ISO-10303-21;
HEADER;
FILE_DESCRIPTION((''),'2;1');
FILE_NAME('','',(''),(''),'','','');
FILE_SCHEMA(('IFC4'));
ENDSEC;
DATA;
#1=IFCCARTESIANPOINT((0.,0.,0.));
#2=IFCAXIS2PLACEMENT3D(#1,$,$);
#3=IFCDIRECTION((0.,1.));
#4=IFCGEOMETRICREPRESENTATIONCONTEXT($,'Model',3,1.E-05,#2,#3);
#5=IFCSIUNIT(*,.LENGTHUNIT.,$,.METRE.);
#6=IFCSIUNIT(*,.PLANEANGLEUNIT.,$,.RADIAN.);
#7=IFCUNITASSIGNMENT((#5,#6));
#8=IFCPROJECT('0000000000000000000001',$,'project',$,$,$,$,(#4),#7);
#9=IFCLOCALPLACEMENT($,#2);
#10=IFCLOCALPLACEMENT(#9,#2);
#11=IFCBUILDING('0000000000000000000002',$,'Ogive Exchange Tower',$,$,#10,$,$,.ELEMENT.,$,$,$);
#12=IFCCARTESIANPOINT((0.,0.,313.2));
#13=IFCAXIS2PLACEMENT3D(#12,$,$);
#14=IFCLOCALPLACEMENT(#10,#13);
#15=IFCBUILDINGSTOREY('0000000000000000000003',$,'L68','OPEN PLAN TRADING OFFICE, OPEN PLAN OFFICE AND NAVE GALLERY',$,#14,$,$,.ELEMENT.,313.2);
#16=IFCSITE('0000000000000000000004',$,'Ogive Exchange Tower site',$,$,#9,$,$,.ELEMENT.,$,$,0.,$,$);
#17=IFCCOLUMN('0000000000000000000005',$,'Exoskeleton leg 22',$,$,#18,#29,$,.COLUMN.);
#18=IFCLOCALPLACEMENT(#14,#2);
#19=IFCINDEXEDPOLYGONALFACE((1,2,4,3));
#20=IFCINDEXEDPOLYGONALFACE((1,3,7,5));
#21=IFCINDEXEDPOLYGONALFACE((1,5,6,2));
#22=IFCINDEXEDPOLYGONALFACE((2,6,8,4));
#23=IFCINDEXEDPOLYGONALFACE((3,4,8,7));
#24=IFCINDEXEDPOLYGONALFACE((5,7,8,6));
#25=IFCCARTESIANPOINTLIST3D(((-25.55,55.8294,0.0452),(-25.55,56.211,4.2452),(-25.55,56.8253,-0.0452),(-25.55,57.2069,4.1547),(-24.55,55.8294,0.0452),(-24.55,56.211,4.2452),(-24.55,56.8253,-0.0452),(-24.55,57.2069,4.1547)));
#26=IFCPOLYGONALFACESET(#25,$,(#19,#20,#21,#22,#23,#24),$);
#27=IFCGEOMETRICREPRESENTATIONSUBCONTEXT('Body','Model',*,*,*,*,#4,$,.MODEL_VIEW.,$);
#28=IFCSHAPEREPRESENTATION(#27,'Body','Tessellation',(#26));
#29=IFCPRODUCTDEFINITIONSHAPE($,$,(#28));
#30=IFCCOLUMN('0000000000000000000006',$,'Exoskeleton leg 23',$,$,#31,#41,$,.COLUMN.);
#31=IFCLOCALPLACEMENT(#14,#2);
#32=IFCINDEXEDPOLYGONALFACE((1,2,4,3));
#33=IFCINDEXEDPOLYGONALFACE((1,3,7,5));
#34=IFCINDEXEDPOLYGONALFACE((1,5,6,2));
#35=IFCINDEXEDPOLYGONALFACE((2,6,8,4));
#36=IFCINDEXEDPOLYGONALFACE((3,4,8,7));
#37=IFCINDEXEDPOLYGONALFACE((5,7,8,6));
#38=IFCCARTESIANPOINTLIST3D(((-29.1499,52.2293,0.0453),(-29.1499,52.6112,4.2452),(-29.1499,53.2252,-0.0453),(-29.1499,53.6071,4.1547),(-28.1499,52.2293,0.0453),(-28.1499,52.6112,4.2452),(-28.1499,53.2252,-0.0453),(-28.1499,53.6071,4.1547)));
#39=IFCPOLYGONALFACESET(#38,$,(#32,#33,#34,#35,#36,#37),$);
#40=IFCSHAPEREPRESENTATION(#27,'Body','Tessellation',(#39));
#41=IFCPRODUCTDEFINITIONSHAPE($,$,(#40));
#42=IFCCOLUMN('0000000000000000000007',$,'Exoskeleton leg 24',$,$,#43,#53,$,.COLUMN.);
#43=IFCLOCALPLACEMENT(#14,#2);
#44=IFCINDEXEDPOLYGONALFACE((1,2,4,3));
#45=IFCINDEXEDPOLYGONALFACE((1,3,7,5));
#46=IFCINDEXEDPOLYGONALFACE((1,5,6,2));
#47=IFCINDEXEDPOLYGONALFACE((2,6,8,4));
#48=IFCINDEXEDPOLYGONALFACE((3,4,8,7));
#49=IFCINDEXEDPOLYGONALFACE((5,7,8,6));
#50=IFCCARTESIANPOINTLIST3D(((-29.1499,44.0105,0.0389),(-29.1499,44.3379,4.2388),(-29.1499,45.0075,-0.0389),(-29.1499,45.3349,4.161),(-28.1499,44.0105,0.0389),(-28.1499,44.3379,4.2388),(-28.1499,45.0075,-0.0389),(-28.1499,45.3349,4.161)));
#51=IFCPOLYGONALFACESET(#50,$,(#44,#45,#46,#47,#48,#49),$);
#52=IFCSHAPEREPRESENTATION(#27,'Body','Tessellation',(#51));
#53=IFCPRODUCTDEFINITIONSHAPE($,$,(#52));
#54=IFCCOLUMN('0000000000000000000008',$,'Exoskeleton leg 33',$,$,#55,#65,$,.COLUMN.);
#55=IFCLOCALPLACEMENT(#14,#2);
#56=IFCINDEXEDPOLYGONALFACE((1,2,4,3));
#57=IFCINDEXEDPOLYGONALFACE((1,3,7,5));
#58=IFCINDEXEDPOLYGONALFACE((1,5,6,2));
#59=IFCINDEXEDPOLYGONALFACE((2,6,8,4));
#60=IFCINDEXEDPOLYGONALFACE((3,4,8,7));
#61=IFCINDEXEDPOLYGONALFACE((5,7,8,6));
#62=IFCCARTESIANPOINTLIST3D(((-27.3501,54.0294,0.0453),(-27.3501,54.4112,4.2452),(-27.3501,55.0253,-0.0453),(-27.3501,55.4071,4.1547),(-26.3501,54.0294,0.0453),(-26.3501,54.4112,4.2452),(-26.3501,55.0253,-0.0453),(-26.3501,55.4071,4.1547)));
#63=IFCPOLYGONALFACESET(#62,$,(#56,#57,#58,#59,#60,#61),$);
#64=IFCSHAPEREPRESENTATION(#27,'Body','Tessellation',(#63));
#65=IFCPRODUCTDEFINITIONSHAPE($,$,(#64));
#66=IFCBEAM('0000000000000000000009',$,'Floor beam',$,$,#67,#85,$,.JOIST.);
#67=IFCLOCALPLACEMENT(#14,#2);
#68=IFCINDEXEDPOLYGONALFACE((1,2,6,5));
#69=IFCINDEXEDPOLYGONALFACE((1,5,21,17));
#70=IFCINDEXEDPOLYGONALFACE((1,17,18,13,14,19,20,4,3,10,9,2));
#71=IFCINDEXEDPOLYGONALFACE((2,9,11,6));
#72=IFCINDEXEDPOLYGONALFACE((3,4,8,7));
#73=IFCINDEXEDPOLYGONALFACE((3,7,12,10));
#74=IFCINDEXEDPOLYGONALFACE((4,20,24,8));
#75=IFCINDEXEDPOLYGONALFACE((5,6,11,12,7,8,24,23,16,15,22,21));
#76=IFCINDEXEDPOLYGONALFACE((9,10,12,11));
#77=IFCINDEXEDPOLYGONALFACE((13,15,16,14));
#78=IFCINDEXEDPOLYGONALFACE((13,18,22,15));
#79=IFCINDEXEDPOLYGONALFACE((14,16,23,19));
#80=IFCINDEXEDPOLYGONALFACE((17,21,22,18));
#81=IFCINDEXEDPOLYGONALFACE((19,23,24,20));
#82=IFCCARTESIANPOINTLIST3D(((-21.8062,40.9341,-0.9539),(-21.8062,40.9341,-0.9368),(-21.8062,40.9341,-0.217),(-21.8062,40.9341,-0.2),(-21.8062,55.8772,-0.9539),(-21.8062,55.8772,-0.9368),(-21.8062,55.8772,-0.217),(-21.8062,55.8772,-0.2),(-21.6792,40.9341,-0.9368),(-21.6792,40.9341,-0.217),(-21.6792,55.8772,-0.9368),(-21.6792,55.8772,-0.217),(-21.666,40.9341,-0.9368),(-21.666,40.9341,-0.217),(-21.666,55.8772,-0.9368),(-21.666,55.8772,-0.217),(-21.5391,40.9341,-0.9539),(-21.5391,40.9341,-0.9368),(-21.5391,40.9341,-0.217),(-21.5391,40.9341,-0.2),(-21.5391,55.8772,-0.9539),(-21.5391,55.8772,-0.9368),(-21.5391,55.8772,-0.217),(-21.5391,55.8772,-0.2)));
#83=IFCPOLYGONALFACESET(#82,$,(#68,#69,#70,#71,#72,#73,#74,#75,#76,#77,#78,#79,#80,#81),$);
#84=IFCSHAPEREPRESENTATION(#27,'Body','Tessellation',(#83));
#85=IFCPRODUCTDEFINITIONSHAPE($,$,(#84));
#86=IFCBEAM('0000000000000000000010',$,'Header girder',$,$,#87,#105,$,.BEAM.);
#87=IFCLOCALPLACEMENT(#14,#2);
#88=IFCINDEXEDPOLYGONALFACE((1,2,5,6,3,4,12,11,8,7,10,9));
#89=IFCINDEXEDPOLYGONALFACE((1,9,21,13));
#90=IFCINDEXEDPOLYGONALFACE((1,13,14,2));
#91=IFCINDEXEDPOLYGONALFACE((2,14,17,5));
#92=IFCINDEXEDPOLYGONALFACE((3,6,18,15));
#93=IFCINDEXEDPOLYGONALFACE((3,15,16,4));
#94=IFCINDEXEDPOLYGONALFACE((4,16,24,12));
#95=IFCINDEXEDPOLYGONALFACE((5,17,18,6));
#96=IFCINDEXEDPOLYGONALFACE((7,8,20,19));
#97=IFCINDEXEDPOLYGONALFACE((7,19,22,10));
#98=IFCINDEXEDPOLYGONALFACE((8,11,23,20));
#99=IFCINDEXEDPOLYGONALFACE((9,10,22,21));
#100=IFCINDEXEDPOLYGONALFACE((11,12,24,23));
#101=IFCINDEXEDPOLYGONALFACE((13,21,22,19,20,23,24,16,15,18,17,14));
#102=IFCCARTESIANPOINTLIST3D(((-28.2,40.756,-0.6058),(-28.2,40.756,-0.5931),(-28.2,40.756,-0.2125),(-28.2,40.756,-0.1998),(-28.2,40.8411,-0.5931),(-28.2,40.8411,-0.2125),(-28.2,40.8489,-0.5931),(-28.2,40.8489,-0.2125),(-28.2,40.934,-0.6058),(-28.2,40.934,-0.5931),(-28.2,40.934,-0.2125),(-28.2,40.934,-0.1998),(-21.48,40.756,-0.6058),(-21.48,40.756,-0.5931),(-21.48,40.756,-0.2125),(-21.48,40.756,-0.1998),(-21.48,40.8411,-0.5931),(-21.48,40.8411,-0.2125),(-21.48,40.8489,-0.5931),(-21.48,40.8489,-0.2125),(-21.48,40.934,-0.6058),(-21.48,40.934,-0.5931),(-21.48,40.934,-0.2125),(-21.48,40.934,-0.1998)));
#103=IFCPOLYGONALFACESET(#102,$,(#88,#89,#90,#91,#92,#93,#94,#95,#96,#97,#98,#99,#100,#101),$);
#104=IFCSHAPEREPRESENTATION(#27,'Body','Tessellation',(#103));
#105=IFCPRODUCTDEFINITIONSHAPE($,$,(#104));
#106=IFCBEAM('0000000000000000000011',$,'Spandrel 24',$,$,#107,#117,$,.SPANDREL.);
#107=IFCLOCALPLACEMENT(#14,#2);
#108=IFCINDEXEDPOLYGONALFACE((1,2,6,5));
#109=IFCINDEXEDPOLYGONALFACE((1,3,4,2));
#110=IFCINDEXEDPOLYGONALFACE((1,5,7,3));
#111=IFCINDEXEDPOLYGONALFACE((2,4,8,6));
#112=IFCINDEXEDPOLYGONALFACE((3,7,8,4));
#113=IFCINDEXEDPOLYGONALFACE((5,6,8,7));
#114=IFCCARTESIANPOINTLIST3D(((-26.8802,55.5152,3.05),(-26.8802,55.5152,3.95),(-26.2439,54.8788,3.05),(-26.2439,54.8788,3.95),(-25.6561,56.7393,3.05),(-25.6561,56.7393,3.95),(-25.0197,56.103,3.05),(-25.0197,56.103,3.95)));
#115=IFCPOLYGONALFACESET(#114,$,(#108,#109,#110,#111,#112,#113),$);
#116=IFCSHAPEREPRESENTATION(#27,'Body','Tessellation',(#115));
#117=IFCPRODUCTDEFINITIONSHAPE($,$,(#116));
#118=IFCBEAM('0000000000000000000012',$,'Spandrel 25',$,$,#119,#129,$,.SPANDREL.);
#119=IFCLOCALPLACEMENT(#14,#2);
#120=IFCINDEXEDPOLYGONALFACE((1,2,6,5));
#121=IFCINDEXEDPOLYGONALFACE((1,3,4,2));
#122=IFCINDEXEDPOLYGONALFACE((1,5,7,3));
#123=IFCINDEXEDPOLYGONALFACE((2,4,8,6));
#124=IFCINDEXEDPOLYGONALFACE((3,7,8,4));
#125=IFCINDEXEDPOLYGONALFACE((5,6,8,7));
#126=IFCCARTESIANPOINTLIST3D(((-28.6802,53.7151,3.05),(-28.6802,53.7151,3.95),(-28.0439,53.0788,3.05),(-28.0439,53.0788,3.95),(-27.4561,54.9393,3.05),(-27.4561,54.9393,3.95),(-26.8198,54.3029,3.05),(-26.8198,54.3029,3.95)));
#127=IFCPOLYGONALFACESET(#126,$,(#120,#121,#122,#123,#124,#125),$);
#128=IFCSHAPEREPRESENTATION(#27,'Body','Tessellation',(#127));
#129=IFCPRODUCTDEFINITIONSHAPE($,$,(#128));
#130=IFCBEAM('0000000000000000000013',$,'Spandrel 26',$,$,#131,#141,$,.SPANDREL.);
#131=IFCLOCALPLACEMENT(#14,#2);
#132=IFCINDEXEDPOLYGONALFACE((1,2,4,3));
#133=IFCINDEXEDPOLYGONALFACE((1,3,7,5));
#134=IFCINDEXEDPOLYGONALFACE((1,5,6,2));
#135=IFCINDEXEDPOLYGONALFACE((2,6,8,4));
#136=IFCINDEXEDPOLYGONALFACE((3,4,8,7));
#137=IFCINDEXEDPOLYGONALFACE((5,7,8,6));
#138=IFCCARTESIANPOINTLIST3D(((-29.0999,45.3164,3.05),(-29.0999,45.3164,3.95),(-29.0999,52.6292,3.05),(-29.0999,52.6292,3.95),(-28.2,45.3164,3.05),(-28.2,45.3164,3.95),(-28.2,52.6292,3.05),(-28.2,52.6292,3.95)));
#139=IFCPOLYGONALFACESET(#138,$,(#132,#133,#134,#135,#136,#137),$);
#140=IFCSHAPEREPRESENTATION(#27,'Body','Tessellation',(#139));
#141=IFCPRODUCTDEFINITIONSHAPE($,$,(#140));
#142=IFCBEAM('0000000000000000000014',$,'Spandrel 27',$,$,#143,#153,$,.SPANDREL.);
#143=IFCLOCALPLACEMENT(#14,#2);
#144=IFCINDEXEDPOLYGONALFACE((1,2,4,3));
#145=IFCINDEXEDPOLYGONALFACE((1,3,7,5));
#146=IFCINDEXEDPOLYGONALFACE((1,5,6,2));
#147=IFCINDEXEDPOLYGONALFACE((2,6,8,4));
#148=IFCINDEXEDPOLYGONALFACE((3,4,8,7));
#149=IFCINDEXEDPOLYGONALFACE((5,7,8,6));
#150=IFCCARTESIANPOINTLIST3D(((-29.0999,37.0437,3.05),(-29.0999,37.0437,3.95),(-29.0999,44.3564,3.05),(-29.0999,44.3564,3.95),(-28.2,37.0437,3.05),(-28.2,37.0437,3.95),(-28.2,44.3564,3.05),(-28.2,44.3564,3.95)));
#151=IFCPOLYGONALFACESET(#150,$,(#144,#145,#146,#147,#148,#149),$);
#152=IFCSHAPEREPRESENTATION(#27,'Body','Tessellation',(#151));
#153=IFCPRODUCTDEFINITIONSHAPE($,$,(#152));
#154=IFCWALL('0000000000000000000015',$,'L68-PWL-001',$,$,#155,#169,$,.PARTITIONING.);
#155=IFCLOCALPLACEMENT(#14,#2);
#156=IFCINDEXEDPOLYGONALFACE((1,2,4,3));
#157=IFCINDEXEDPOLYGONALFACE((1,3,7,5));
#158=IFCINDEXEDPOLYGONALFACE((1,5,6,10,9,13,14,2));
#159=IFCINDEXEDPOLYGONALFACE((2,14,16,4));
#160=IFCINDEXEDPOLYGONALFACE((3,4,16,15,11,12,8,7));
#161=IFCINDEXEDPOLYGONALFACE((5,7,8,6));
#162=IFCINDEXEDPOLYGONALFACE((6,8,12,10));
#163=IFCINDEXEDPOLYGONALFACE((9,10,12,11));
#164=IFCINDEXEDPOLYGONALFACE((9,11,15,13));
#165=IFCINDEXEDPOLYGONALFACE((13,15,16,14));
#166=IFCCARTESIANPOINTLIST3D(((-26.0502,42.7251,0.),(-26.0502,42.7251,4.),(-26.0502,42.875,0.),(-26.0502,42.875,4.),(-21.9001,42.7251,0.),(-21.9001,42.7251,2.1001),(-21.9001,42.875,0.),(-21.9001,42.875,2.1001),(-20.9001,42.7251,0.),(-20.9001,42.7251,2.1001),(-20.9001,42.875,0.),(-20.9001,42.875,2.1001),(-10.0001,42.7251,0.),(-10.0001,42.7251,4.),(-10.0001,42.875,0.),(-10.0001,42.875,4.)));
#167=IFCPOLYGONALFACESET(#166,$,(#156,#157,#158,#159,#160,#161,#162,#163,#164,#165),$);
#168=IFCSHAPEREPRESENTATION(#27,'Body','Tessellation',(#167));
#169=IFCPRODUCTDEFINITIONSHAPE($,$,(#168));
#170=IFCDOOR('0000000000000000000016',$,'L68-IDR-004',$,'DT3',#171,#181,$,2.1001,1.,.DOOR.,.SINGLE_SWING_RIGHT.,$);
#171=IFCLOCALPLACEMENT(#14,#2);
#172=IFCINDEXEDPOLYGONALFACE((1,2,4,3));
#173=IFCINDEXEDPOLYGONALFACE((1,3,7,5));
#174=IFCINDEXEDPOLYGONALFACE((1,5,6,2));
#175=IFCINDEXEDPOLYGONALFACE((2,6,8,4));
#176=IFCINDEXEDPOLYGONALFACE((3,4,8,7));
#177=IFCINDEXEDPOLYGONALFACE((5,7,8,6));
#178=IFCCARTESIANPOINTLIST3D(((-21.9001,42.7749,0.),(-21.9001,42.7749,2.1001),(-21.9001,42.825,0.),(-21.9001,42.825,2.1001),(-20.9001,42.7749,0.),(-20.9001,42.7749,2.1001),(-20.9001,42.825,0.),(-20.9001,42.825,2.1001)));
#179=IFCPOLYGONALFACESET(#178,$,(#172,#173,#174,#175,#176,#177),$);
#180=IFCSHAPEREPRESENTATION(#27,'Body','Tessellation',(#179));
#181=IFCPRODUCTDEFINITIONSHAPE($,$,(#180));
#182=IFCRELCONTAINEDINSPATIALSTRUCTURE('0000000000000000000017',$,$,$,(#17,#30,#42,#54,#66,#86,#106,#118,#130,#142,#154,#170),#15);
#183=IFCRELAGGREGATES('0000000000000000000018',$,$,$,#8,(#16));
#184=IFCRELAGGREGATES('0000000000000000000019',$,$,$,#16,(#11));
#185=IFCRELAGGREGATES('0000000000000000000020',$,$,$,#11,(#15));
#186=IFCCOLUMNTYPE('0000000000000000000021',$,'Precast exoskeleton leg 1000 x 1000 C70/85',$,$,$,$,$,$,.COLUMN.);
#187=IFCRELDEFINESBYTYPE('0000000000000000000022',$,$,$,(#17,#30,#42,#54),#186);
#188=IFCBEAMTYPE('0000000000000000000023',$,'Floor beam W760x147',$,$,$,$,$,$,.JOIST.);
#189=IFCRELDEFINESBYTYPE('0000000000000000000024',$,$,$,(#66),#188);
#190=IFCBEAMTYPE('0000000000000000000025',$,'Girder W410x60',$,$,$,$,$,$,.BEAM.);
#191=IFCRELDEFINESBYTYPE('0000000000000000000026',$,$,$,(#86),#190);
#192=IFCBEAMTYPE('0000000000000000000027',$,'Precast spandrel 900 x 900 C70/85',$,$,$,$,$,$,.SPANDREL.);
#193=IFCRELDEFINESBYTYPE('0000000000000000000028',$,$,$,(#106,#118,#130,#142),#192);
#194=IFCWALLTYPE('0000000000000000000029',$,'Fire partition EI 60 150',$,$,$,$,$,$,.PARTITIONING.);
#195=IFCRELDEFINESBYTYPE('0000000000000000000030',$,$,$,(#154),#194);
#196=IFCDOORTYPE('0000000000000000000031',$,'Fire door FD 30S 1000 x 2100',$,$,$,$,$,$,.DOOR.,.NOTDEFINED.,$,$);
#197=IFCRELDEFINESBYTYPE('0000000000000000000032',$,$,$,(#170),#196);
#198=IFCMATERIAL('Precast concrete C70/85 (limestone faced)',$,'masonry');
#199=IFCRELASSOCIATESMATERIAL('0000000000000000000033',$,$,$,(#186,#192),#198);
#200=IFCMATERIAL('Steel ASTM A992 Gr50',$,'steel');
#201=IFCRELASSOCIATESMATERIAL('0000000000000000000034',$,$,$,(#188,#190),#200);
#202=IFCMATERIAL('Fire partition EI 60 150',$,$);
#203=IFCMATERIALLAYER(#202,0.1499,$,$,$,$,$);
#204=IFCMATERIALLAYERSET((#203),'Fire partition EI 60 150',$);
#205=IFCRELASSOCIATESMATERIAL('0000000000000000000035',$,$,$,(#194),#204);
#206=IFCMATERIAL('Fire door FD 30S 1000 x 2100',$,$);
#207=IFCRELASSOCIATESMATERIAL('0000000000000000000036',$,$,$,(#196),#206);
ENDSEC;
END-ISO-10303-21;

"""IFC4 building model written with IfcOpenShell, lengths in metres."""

from ifc_helpers import new_model, si_unit, direction, frame, frame_2d, origin, origin_2d, place, context, subcontext, project, spatial, rectangle, i_section, extrude, material, layer, layer_set, material_profile, profile_set, type_object, element, fill, save


model = new_model("IFC4")

# Units and contexts
model_context = context("Model", 3, precision=1e-05, world=origin(), true_north=direction((0.0, 1.0)))
body_context = subcontext(model_context, "Body", "Model", "MODEL_VIEW")
ifc_project = project(units=[si_unit("LENGTHUNIT", "METRE"), si_unit("PLANEANGLEUNIT", "RADIAN")], contexts=[model_context])

# Site, building, storey
site_placement = place(None, origin())
site = spatial("IfcSite", under=ifc_project, at=site_placement, Name="Ogive Exchange Tower site", CompositionType="ELEMENT", RefElevation=0.0)
building_placement = place(site_placement, origin())
building = spatial("IfcBuilding", under=site, at=building_placement, Name="Ogive Exchange Tower", CompositionType="ELEMENT")
storey_placement = place(building_placement, frame((0.0, 0.0, 313.2)))
storey = spatial("IfcBuildingStorey", under=building, at=storey_placement, Name="L68", Description="OPEN PLAN TRADING OFFICE, OPEN PLAN OFFICE AND NAVE GALLERY", CompositionType="ELEMENT", Elevation=313.2)

# Columns
ifc_material_1 = material(Name="Precast concrete C70/85 (limestone faced)", Category="masonry")
ifc_material_profile_1 = material_profile(ifc_material_1, rectangle(XDim=1.0, YDim=1.0, at=origin_2d()), Name="1000 x 1000")
ifc_profile_set_1 = profile_set([ifc_material_profile_1], Name="Precast concrete C70/85 (limestone faced)")
column_type = type_object("IfcColumnType", Name="Precast exoskeleton leg 1000 x 1000 C70/85", PredefinedType="COLUMN", material=ifc_profile_set_1)
for number, where, z_axis, x_axis, name in (
    (1, (-25.05, 56.3274, 0.0), (0.0, 0.090484, 0.995898), (-1.0, 0.0, 0.0), "Exoskeleton leg 22"),
    (2, (-28.6499, 52.7273, 0.0), (0.0, 0.090541, 0.995893), (-1.0, 0.0, 0.0), "Exoskeleton leg 23"),
):
    element("IfcColumn", number, at=place(storey_placement, frame(where, z_axis=z_axis, x_axis=x_axis)), inside=storey, type_object=column_type, Name=name, PredefinedType="COLUMN", context=body_context, shape_type="SweptSolid", body=[
        extrude(rectangle(XDim=1.0, YDim=1.0, at=origin_2d()), origin(), (0.0, 0.0, 1.0), 4.2173),
    ])
column_1_placement = place(storey_placement, frame((-28.6499, 44.509, 0.0), z_axis=(0.0, 0.077716, 0.996976), x_axis=(-1.0, 0.0, 0.0)))
element("IfcColumn", 3, at=column_1_placement, inside=storey, type_object=column_type, Name="Exoskeleton leg 24", PredefinedType="COLUMN", context=body_context, shape_type="SweptSolid", body=[
    extrude(rectangle(XDim=1.0, YDim=1.0, at=origin_2d()), origin(), (0.0, 0.0, 1.0), 4.2126),
])
column_2_placement = place(storey_placement, frame((-26.8501, 54.5273, 0.0), z_axis=(0.0, 0.090541, 0.995893), x_axis=(-1.0, 0.0, 0.0)))
element("IfcColumn", 4, at=column_2_placement, inside=storey, type_object=column_type, Name="Exoskeleton leg 33", PredefinedType="COLUMN", context=body_context, shape_type="SweptSolid", body=[
    extrude(rectangle(XDim=1.0, YDim=1.0, at=origin_2d()), origin(), (0.0, 0.0, 1.0), 4.2173),
])

# Beams
ifc_material_2 = material(Name="Steel ASTM A992 Gr50", Category="steel")
ifc_material_profile_2 = material_profile(ifc_material_2, i_section(OverallWidth=0.2671, OverallDepth=0.7539, WebThickness=0.0132, FlangeThickness=0.0171, at=origin_2d()), Name="W760x147")
ifc_profile_set_2 = profile_set([ifc_material_profile_2], Name="Steel ASTM A992 Gr50")
beam_type_1 = type_object("IfcBeamType", Name="Floor beam W760x147", PredefinedType="JOIST", material=ifc_profile_set_2)
beam_1_placement = place(storey_placement, frame((-21.6726, 40.9341, -0.5769), z_axis=(0.0, 1.0, 0.0), x_axis=(-1.0, 0.0, 0.0)))
element("IfcBeam", 5, at=beam_1_placement, inside=storey, type_object=beam_type_1, Name="Floor beam", PredefinedType="JOIST", context=body_context, shape_type="SweptSolid", body=[
    extrude(i_section(OverallWidth=0.2671, OverallDepth=0.7539, WebThickness=0.0132, FlangeThickness=0.0171, at=origin_2d()), origin(), (0.0, 0.0, 1.0), 14.9431),
])
ifc_material_profile_3 = material_profile(ifc_material_2, i_section(OverallWidth=0.178, OverallDepth=0.406, WebThickness=0.0078, FlangeThickness=0.0127, at=origin_2d()), Name="W410x60")
ifc_profile_set_3 = profile_set([ifc_material_profile_3], Name="Steel ASTM A992 Gr50")
beam_type_2 = type_object("IfcBeamType", Name="Girder W410x60", PredefinedType="BEAM", material=ifc_profile_set_3)
beam_2_placement = place(storey_placement, frame((-28.2, 40.845, -0.4028), z_axis=(1.0, 0.0, 0.0), x_axis=(0.0, 1.0, 0.0)))
element("IfcBeam", 6, at=beam_2_placement, inside=storey, type_object=beam_type_2, Name="Header girder", PredefinedType="BEAM", context=body_context, shape_type="SweptSolid", body=[
    extrude(i_section(OverallWidth=0.178, OverallDepth=0.406, WebThickness=0.0078, FlangeThickness=0.0127, at=origin_2d()), origin(), (0.0, 0.0, 1.0), 6.72),
])
ifc_material_profile_4 = material_profile(ifc_material_1, rectangle(XDim=0.8999, YDim=0.8999, at=origin_2d()), Name="900 x 900")
ifc_profile_set_4 = profile_set([ifc_material_profile_4], Name="Precast concrete C70/85 (limestone faced)")
beam_type_3 = type_object("IfcBeamType", Name="Precast spandrel 900 x 900 C70/85", PredefinedType="SPANDREL", material=ifc_profile_set_4)
for number, where, z_axis, x_axis, name in (
    (7, (-25.3379, 56.4211, 3.5), (-0.707107, -0.707107, 0.0), (0.707107, -0.707107, 0.0), "Spandrel 24"),
    (8, (-27.1379, 54.6211, 3.5), (-0.707107, -0.707107, 0.0), (0.707107, -0.707107, 0.0), "Spandrel 25"),
):
    element("IfcBeam", number, at=place(storey_placement, frame(where, z_axis=z_axis, x_axis=x_axis)), inside=storey, type_object=beam_type_3, Name=name, PredefinedType="SPANDREL", context=body_context, shape_type="SweptSolid", body=[
        extrude(rectangle(XDim=0.8999, YDim=0.8999, at=origin_2d()), origin(), (0.0, 0.0, 1.0), 1.7312),
    ])
for number, where, z_axis, x_axis, name in (
    (9, (-28.6499, 52.6292, 3.5), (0.0, -1.0, 0.0), (1.0, 0.0, 0.0), "Spandrel 26"),
    (10, (-28.6499, 44.3564, 3.5), (0.0, -1.0, 0.0), (1.0, 0.0, 0.0), "Spandrel 27"),
):
    element("IfcBeam", number, at=place(storey_placement, frame(where, z_axis=z_axis, x_axis=x_axis)), inside=storey, type_object=beam_type_3, Name=name, PredefinedType="SPANDREL", context=body_context, shape_type="SweptSolid", body=[
        extrude(rectangle(XDim=0.8999, YDim=0.8999, at=origin_2d()), origin(), (0.0, 0.0, 1.0), 7.3127),
    ])

# Wall, opening, door
ifc_material_3 = material(Name="Fire partition EI 60 150")
ifc_layer_1 = layer(ifc_material_3, 0.1499)
ifc_layer_set_1 = layer_set([ifc_layer_1], Name="Fire partition EI 60 150")
wall_type_1 = type_object("IfcWallType", Name="Fire partition EI 60 150", PredefinedType="PARTITIONING", material=ifc_layer_set_1)
wall_1_placement = place(storey_placement, frame((-26.05, 42.8, 0.0), z_axis=(0.0, 0.0, 1.0), x_axis=(1.0, 0.0, 0.0)))
wall_1 = element("IfcWall", 11, at=wall_1_placement, inside=storey, type_object=wall_type_1, Name="L68-PWL-001", PredefinedType="PARTITIONING", context=body_context, shape_type="SweptSolid", body=[
    extrude(rectangle(XDim=16.05, YDim=0.1499, at=frame_2d((8.0249, 0.0))), origin(), (0.0, 0.0, 1.0), 4.0),
])
opening_1_placement = place(wall_1_placement, frame((4.1499, 0.0, 0.0)))
opening_1 = element("IfcOpeningElement", 12, at=opening_1_placement, cuts=wall_1, PredefinedType="OPENING", context=body_context, shape_type="SweptSolid", body=[
    extrude(rectangle(XDim=1.0, YDim=2.1001, at=frame_2d((0.5, 1.05))), frame((0.0, 0.085, 0.0), z_axis=(0.0, -1.0, 0.0), x_axis=(1.0, 0.0, 0.0)), (0.0, 0.0, 1.0), 0.1699),
])
ifc_material_4 = material(Name="Fire door FD 30S 1000 x 2100")
door_type_1 = type_object("IfcDoorType", Name="Fire door FD 30S 1000 x 2100", OperationType="NOTDEFINED", PredefinedType="DOOR", material=ifc_material_4)
door_1_placement = place(opening_1_placement, origin())
door_1 = element("IfcDoor", 13, at=door_1_placement, inside=storey, type_object=door_type_1, Name="L68-IDR-004", ObjectType="DT3", OperationType="SINGLE_SWING_RIGHT", OverallHeight=2.1001, OverallWidth=1.0, PredefinedType="DOOR", context=body_context, shape_type="SweptSolid", body=[
    extrude(rectangle(XDim=1.0, YDim=2.1001, at=frame_2d((0.5, 1.05))), frame((0.0, 0.0249, 0.0), z_axis=(0.0, -1.0, 0.0), x_axis=(1.0, 0.0, 0.0)), (0.0, 0.0, 1.0), 0.05),
])
fill(opening_1, door_1)

save(model, "model.ifc")
